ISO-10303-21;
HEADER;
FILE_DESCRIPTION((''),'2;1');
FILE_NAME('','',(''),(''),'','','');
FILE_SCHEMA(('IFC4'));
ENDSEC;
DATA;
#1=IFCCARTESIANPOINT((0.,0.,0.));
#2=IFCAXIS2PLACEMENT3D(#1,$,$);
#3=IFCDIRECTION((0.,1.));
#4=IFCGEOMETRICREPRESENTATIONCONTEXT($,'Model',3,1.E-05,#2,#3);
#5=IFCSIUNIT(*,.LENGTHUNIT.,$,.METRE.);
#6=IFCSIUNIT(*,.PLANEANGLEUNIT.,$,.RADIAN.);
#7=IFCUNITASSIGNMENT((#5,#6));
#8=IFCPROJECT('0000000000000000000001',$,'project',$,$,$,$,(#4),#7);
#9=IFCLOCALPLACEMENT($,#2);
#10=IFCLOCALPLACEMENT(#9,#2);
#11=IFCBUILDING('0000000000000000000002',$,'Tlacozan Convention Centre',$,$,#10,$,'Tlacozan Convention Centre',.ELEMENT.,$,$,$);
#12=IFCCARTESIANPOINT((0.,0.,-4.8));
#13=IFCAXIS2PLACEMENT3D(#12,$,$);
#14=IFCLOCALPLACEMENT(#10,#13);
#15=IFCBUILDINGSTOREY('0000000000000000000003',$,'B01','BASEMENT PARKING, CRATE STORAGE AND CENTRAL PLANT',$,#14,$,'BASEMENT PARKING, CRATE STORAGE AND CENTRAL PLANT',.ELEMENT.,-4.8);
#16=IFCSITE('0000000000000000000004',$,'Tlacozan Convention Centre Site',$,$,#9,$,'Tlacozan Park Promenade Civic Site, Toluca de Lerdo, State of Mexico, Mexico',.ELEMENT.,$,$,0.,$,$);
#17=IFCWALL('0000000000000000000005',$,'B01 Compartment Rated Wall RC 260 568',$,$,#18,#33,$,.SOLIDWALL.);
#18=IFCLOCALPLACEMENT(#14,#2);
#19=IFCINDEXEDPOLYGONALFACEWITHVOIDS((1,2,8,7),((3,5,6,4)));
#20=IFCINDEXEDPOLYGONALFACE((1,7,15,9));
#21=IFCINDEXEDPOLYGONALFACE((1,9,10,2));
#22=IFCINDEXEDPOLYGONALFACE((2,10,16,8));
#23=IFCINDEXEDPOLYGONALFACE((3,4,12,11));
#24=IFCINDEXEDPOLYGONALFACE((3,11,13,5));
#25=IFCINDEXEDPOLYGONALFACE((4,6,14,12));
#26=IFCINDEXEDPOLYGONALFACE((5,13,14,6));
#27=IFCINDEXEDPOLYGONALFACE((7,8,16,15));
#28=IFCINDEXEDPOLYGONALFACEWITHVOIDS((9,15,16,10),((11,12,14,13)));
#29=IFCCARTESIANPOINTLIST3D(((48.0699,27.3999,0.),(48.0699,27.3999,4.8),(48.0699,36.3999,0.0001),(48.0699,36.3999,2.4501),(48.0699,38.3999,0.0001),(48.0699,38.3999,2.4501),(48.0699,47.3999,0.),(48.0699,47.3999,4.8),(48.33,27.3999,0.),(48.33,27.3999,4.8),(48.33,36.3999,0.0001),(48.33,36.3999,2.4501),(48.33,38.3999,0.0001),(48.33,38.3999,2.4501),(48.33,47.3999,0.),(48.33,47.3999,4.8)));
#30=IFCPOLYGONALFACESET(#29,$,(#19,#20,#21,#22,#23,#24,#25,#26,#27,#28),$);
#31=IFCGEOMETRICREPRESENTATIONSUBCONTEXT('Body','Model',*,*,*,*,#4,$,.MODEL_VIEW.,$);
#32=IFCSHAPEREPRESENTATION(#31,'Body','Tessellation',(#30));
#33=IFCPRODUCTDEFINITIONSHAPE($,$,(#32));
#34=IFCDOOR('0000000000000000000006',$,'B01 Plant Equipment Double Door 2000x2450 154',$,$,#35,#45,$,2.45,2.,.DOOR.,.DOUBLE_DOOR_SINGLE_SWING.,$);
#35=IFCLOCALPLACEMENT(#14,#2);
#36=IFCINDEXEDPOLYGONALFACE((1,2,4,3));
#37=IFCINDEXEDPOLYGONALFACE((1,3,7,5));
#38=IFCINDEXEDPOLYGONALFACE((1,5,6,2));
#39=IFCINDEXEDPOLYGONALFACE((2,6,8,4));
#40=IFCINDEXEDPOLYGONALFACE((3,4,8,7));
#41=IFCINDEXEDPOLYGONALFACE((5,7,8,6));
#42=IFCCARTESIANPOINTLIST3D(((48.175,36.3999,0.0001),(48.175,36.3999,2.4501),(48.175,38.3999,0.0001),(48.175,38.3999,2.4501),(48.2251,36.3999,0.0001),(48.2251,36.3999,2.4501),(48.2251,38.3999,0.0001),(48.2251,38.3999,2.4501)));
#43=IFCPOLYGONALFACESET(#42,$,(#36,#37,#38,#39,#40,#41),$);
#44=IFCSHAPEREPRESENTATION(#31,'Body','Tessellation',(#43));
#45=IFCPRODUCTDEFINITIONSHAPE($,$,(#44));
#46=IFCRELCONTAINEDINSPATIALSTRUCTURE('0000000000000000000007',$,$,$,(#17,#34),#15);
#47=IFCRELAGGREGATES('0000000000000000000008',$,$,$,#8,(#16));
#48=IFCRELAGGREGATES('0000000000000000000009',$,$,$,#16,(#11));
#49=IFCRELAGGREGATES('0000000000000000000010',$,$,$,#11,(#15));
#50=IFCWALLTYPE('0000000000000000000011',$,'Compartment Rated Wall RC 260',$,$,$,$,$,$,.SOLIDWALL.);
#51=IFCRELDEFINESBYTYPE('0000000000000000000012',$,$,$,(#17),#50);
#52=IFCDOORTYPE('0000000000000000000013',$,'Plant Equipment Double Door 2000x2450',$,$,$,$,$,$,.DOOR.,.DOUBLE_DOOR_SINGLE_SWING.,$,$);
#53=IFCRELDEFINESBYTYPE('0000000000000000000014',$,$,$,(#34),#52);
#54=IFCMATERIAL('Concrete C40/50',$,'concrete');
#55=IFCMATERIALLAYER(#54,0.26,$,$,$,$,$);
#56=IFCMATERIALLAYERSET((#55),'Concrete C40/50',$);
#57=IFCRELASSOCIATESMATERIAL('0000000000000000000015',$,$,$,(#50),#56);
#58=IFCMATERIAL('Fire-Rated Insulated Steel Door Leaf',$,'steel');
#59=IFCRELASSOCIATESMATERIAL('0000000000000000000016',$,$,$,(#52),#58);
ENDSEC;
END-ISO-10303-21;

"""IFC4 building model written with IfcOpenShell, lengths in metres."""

from ifc_helpers import new_model, si_unit, direction, frame, frame_2d, origin, place, context, subcontext, project, spatial, rectangle, extrude, material, layer, layer_set, type_object, element, fill, save


model = new_model("IFC4")

# Units and contexts
model_context = context("Model", 3, precision=1e-05, world=origin(), true_north=direction((0.0, 1.0)))
body_context = subcontext(model_context, "Body", "Model", "MODEL_VIEW")
ifc_project = project(units=[si_unit("LENGTHUNIT", "METRE"), si_unit("PLANEANGLEUNIT", "RADIAN")], contexts=[model_context])

# Site, building, storey
site_placement = place(None, origin())
site = spatial("IfcSite", under=ifc_project, at=site_placement, Name="Tlacozan Convention Centre Site", LongName="Tlacozan Park Promenade Civic Site, Toluca de Lerdo, State of Mexico, Mexico", CompositionType="ELEMENT", RefElevation=0.0)
building_placement = place(site_placement, origin())
building = spatial("IfcBuilding", under=site, at=building_placement, Name="Tlacozan Convention Centre", LongName="Tlacozan Convention Centre", CompositionType="ELEMENT")
storey_placement = place(building_placement, frame((0.0, 0.0, -4.8)))
storey = spatial("IfcBuildingStorey", under=building, at=storey_placement, Name="B01", Description="BASEMENT PARKING, CRATE STORAGE AND CENTRAL PLANT", LongName="BASEMENT PARKING, CRATE STORAGE AND CENTRAL PLANT", CompositionType="ELEMENT", Elevation=-4.8)

# Shared definitions
ifc_material_1 = material(Name="Concrete C40/50", Category="concrete")

# Wall, opening, door
ifc_layer_1 = layer(ifc_material_1, 0.26)
ifc_layer_set_1 = layer_set([ifc_layer_1], Name="Concrete C40/50")
wall_type = type_object("IfcWallType", Name="Compartment Rated Wall RC 260", PredefinedType="SOLIDWALL", material=ifc_layer_set_1)
wall_placement = place(storey_placement, frame((48.2, 27.3999, 0.0), z_axis=(0.0, 0.0, 1.0), x_axis=(0.0, 1.0, 0.0)))
wall = element("IfcWall", 1, at=wall_placement, inside=storey, type_object=wall_type, Name="B01 Compartment Rated Wall RC 260 568", PredefinedType="SOLIDWALL", context=body_context, shape_type="SweptSolid", body=[
    extrude(rectangle(XDim=20.0, YDim=0.26, at=frame_2d((10.0, 0.0))), origin(), (0.0, 0.0, 1.0), 4.8),
])
opening_placement = place(wall_placement, frame((9.0, 0.0, 0.0)))
opening = element("IfcOpeningElement", 2, at=opening_placement, cuts=wall, PredefinedType="OPENING", context=body_context, shape_type="SweptSolid", body=[
    extrude(rectangle(XDim=2.0, YDim=2.45, at=frame_2d((1.0, 1.2251))), frame((0.0, 0.1399, 0.0), z_axis=(0.0, -1.0, 0.0), x_axis=(1.0, 0.0, 0.0)), (0.0, 0.0, 1.0), 0.28),
])
ifc_material_2 = material(Name="Fire-Rated Insulated Steel Door Leaf", Category="steel")
door_type = type_object("IfcDoorType", Name="Plant Equipment Double Door 2000x2450", OperationType="DOUBLE_DOOR_SINGLE_SWING", PredefinedType="DOOR", material=ifc_material_2)
door_placement = place(opening_placement, origin())
door = element("IfcDoor", 3, at=door_placement, inside=storey, type_object=door_type, Name="B01 Plant Equipment Double Door 2000x2450 154", OperationType="DOUBLE_DOOR_SINGLE_SWING", OverallHeight=2.45, OverallWidth=2.0, PredefinedType="DOOR", context=body_context, shape_type="SweptSolid", body=[
    extrude(rectangle(XDim=2.0, YDim=2.45, at=frame_2d((1.0, 1.2251))), frame((0.0, 0.0249, 0.0), z_axis=(0.0, -1.0, 0.0), x_axis=(1.0, 0.0, 0.0)), (0.0, 0.0, 1.0), 0.05),
])
fill(opening, door)

save(model, "model.ifc")
